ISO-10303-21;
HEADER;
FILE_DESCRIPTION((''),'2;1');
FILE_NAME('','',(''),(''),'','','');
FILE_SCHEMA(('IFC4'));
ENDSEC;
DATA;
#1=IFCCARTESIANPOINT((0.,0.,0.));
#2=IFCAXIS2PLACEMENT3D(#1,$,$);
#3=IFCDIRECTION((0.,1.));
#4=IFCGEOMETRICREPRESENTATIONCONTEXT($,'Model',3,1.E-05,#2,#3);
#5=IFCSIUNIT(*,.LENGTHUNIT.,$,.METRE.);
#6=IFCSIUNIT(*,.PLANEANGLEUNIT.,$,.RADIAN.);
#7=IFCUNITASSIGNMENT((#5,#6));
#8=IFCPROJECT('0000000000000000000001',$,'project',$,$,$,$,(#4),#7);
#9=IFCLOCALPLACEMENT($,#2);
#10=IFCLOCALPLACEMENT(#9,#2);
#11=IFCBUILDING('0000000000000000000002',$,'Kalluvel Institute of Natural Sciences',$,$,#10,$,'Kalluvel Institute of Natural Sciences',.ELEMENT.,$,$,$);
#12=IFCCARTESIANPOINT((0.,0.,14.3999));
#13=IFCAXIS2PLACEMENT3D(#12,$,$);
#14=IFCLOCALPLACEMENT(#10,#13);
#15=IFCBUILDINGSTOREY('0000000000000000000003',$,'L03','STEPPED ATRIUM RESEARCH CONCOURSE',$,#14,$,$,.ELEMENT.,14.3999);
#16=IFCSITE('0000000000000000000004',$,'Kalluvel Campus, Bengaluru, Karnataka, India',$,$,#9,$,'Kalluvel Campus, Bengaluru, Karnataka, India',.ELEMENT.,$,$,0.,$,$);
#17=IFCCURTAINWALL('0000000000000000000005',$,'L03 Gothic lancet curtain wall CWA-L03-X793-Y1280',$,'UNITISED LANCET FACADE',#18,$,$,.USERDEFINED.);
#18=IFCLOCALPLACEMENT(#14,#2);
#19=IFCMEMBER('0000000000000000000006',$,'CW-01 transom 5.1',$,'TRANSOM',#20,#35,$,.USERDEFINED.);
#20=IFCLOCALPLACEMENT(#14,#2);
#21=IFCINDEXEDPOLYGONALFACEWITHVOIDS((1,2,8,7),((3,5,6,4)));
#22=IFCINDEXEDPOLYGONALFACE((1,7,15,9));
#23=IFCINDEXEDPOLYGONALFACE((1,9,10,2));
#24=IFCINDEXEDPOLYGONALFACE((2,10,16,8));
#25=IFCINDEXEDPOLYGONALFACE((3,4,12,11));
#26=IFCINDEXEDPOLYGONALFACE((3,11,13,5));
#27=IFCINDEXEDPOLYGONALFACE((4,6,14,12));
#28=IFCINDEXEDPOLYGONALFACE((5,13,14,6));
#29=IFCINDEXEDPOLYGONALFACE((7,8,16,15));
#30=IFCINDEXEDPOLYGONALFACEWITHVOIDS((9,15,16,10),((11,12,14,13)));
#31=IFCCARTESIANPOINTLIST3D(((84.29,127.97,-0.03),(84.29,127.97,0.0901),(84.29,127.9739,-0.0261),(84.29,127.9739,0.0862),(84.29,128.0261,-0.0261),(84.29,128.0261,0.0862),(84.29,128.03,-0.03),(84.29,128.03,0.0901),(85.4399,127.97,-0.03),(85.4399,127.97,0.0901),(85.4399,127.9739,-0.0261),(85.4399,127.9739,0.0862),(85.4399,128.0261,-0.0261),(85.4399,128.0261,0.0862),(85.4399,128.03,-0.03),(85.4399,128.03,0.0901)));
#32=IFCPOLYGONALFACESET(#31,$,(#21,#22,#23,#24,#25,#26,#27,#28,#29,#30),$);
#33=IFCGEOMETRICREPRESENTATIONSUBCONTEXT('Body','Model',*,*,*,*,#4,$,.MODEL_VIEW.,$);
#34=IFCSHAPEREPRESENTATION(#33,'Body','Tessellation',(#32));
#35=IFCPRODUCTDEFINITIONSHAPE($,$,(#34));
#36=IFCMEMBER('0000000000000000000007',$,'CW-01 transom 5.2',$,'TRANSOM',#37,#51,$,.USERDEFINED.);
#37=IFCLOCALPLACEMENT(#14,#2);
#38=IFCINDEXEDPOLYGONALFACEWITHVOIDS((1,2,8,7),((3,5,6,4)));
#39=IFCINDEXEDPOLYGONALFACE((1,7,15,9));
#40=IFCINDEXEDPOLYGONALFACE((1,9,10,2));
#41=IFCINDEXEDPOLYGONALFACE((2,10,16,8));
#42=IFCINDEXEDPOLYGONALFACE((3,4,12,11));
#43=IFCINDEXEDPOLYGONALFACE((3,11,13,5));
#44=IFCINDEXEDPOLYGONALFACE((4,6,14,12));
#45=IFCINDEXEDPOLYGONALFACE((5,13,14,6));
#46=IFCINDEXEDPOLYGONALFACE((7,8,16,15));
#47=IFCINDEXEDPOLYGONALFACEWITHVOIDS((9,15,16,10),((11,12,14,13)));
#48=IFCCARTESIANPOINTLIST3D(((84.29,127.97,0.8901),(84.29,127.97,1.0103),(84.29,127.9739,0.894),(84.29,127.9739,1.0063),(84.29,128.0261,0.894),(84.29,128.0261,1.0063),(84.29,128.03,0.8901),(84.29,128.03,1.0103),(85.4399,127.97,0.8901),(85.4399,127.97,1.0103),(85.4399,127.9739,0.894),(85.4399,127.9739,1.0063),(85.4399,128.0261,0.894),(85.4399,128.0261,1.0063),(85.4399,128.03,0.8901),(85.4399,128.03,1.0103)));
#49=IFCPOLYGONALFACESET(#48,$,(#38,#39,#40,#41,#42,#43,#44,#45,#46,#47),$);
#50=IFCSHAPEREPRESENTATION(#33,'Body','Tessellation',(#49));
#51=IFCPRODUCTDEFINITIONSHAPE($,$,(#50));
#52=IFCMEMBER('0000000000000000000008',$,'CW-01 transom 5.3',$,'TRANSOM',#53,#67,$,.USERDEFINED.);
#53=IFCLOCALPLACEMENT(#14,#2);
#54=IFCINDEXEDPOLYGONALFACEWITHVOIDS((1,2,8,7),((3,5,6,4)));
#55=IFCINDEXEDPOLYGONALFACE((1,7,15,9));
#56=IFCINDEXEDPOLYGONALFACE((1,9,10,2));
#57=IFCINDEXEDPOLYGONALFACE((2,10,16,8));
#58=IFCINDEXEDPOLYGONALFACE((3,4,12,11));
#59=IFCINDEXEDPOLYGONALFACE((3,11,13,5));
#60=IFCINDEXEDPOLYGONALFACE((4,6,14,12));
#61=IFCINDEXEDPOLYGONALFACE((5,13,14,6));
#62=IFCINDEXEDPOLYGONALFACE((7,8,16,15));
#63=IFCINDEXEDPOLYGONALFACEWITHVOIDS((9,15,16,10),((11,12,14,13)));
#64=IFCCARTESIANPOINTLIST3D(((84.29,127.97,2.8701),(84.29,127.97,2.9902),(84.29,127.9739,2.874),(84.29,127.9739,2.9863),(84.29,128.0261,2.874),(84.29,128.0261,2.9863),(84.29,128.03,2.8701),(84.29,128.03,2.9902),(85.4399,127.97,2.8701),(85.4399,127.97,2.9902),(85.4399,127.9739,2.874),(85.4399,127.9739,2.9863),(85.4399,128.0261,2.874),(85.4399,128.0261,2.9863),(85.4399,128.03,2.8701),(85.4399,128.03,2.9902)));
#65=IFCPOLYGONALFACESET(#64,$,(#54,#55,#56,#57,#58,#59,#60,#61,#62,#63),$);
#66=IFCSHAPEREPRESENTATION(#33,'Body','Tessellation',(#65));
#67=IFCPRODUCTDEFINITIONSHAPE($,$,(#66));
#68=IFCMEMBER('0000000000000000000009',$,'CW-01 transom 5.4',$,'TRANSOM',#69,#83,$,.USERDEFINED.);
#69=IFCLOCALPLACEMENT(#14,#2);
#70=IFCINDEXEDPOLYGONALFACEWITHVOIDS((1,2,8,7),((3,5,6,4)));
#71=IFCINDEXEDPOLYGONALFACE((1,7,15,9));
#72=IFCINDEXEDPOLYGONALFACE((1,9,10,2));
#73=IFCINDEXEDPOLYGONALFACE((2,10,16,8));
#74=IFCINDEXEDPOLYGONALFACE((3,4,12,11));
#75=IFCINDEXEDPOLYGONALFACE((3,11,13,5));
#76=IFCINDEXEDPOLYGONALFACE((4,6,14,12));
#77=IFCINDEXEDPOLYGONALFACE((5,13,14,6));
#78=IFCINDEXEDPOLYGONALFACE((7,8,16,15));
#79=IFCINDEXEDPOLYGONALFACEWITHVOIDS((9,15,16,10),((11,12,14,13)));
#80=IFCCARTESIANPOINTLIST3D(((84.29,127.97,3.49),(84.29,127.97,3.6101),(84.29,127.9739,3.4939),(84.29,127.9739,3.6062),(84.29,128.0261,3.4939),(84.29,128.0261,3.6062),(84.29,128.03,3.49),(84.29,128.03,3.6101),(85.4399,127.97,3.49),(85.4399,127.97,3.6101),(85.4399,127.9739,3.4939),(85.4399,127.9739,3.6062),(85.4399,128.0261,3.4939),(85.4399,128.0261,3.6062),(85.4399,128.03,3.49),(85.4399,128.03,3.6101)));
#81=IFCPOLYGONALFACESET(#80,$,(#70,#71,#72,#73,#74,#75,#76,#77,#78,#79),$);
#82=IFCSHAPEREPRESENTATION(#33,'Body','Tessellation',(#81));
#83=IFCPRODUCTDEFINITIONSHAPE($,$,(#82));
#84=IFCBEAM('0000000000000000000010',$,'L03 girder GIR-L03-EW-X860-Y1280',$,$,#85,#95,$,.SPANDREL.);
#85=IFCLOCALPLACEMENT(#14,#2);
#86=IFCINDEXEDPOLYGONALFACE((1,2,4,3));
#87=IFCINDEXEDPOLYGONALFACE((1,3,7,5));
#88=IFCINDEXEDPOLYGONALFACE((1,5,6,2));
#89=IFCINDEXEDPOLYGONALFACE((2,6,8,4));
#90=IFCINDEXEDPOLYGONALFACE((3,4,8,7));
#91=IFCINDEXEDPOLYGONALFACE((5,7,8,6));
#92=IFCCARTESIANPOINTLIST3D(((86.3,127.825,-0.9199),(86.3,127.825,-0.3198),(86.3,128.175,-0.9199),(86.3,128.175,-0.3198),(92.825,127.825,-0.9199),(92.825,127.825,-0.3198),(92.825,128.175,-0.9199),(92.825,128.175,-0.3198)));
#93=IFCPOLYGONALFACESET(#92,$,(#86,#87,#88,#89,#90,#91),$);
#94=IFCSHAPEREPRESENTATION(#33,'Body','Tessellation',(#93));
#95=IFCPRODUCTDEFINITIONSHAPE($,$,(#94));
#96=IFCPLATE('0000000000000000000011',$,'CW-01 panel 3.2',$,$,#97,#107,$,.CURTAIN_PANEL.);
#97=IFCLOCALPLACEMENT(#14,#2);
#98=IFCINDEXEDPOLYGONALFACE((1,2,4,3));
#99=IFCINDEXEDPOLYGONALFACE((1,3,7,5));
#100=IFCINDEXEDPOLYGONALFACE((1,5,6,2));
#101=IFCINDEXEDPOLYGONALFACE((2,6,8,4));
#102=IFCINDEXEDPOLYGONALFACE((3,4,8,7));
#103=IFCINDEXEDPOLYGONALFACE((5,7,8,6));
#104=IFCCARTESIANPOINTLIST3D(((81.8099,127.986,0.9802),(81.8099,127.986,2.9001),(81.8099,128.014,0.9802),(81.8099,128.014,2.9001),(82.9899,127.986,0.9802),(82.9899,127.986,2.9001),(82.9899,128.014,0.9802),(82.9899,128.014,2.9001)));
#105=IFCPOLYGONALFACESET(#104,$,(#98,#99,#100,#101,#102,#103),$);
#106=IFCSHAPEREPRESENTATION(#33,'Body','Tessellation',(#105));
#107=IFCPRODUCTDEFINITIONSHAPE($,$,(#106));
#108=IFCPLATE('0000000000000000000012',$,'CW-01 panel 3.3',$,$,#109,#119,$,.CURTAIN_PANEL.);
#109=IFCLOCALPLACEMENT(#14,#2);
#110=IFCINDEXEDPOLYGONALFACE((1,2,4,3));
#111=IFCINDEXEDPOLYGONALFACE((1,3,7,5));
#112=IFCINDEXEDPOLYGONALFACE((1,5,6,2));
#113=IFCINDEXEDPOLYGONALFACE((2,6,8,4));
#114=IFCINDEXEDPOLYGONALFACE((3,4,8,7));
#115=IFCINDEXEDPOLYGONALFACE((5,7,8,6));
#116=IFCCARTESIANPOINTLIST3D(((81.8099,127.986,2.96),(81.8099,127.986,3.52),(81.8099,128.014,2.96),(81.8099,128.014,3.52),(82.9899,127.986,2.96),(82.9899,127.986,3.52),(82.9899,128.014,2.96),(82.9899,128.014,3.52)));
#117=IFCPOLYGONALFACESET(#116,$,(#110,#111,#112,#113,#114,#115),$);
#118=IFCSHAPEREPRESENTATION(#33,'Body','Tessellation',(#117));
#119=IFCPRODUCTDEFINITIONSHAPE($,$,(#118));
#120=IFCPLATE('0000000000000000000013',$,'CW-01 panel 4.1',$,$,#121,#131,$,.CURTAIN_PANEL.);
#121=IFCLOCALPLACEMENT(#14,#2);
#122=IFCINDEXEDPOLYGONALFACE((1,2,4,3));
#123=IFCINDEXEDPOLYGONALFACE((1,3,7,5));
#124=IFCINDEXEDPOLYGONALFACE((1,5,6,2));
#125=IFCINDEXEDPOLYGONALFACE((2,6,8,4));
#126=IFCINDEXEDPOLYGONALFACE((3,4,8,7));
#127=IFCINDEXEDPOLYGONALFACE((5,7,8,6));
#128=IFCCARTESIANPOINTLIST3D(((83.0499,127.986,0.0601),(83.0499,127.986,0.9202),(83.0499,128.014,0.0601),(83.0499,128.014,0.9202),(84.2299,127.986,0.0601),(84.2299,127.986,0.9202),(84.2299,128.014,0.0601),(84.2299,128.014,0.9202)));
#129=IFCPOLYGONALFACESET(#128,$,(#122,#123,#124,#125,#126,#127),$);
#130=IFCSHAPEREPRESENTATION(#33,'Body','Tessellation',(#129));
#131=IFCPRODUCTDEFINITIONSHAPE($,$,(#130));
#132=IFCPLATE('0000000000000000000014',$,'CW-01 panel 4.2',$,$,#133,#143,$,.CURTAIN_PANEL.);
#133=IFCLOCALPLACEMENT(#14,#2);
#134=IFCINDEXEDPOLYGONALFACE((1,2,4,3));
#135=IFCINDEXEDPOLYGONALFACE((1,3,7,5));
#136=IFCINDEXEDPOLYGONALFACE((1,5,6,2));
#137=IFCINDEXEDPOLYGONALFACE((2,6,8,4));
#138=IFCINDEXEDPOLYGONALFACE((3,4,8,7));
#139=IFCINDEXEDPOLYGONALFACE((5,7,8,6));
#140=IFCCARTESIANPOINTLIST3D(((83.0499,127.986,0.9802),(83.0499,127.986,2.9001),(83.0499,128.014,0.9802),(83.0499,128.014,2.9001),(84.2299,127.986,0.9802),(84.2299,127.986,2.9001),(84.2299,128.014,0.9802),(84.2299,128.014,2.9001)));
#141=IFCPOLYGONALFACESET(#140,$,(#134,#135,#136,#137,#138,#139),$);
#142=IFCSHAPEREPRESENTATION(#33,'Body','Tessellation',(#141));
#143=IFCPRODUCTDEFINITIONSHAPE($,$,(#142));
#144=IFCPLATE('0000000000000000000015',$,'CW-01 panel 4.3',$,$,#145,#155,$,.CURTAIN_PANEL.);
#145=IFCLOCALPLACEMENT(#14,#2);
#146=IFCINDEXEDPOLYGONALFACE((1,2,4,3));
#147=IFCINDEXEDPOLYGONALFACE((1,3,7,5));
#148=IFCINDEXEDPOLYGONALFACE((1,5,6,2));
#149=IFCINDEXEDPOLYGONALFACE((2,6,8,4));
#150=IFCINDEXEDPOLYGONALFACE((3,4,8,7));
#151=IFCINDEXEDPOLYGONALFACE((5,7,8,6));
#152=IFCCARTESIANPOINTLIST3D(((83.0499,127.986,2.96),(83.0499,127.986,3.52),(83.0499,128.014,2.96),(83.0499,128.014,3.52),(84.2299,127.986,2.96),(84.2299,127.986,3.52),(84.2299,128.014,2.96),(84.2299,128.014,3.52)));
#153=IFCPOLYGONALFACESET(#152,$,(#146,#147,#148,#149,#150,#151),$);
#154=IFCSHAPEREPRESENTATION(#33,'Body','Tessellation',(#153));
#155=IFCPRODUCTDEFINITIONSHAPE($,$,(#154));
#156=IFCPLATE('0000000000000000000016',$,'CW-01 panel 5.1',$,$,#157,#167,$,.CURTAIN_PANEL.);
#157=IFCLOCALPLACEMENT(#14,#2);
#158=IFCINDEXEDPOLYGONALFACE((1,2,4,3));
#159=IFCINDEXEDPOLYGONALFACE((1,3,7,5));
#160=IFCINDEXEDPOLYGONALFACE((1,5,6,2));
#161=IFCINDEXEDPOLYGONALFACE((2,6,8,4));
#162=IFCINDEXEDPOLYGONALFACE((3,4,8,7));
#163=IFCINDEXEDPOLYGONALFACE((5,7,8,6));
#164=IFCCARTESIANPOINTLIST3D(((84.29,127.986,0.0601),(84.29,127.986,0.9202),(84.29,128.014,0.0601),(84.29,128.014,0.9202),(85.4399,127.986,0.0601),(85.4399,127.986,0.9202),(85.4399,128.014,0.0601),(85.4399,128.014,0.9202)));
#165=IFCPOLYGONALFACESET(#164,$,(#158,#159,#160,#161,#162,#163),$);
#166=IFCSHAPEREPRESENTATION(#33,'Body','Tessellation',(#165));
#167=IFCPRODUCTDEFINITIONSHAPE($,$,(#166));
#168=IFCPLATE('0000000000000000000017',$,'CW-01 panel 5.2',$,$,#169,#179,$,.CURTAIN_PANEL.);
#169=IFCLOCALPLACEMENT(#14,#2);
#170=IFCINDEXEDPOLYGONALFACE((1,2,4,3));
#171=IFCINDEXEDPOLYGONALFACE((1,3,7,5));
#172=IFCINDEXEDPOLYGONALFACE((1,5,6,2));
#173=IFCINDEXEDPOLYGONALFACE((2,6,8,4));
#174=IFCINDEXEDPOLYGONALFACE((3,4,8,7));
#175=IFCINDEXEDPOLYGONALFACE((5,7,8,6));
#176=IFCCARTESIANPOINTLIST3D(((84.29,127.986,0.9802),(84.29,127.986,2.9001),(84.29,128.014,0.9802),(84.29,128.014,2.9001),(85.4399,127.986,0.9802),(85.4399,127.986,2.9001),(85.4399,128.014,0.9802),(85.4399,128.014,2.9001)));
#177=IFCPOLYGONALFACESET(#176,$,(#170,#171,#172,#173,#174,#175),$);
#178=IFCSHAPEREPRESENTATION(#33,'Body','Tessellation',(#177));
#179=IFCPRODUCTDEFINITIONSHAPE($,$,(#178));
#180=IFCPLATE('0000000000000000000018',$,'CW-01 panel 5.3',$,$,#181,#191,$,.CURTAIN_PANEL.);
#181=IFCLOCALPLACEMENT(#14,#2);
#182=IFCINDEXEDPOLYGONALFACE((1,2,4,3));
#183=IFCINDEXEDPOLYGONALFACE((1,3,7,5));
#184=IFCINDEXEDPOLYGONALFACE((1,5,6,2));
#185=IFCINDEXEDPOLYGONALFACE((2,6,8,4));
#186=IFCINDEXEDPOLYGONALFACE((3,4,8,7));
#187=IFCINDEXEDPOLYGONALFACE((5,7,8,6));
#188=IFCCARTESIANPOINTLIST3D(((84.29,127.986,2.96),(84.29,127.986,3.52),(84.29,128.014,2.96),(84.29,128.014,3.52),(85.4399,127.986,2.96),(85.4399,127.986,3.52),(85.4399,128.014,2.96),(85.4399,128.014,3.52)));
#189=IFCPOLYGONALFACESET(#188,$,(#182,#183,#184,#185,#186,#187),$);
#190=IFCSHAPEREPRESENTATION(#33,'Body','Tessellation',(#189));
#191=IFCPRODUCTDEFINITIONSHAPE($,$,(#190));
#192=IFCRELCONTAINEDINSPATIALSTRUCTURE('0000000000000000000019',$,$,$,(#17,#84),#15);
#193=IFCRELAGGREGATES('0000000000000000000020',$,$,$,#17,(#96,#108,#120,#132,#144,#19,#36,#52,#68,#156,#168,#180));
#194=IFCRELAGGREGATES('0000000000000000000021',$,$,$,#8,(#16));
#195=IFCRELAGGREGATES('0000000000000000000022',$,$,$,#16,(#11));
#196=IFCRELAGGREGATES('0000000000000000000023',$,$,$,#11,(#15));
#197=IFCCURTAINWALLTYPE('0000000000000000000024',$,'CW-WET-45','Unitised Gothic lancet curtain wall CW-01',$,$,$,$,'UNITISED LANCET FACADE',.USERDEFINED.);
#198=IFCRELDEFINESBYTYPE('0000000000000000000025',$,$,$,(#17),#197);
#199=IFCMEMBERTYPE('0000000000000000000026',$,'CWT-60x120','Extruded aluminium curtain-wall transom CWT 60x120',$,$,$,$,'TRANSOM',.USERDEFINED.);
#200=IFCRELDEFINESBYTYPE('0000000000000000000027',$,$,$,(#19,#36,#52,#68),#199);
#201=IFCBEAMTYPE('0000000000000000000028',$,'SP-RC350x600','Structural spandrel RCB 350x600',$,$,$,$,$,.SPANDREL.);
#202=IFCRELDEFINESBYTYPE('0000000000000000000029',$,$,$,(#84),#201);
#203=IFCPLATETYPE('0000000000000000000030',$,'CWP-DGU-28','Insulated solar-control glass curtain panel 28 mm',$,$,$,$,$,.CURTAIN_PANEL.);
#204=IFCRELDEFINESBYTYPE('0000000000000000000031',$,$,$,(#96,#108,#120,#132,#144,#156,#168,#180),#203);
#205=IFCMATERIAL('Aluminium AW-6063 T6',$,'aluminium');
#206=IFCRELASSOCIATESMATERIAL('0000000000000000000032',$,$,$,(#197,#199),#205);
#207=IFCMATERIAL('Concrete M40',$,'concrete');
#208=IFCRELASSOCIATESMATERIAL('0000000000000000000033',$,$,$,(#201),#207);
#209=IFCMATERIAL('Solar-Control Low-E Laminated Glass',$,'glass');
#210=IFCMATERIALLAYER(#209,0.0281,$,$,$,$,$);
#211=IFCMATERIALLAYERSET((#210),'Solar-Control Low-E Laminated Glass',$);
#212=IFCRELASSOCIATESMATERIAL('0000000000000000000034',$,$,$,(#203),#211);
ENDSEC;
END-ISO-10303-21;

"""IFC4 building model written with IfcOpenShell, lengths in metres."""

from ifc_helpers import new_model, si_unit, direction, frame, origin, origin_2d, place, context, subcontext, project, spatial, rectangle, hollow_rectangle, extrude, material, layer, layer_set, material_profile, profile_set, type_object, element, aggregate, save


model = new_model("IFC4")

# Units and contexts
model_context = context("Model", 3, precision=1e-05, world=origin(), true_north=direction((0.0, 1.0)))
body_context = subcontext(model_context, "Body", "Model", "MODEL_VIEW")
ifc_project = project(units=[si_unit("LENGTHUNIT", "METRE"), si_unit("PLANEANGLEUNIT", "RADIAN")], contexts=[model_context])

# Site, building, storey
site_placement = place(None, origin())
site = spatial("IfcSite", under=ifc_project, at=site_placement, Name="Kalluvel Campus, Bengaluru, Karnataka, India", LongName="Kalluvel Campus, Bengaluru, Karnataka, India", CompositionType="ELEMENT", RefElevation=0.0)
building_placement = place(site_placement, origin())
building = spatial("IfcBuilding", under=site, at=building_placement, Name="Kalluvel Institute of Natural Sciences", LongName="Kalluvel Institute of Natural Sciences", CompositionType="ELEMENT")
storey_placement = place(building_placement, frame((0.0, 0.0, 14.3999)))
storey = spatial("IfcBuildingStorey", under=building, at=storey_placement, Name="L03", Description="STEPPED ATRIUM RESEARCH CONCOURSE", CompositionType="ELEMENT", Elevation=14.3999)

# Curtain wall
ifc_material_1 = material(Name="Aluminium AW-6063 T6", Category="aluminium")
curtain_wall_type = type_object("IfcCurtainWallType", Name="CW-WET-45", Description="Unitised Gothic lancet curtain wall CW-01", ElementType="UNITISED LANCET FACADE", PredefinedType="USERDEFINED", material=ifc_material_1)
curtain_wall_1_placement = place(storey_placement, origin())
curtain_wall_1 = element("IfcCurtainWall", 1, at=curtain_wall_1_placement, inside=storey, type_object=curtain_wall_type, Name="L03 Gothic lancet curtain wall CWA-L03-X793-Y1280", ObjectType="UNITISED LANCET FACADE", PredefinedType="USERDEFINED")

# Members
ifc_material_profile_1 = material_profile(ifc_material_1, hollow_rectangle(XDim=0.0601, YDim=0.1201, WallThickness=0.0039, at=origin_2d()), Name="CWT 60x120")
ifc_profile_set_1 = profile_set([ifc_material_profile_1], Name="Aluminium AW-6063 T6")
member_type_1 = type_object("IfcMemberType", Name="CWT-60x120", Description="Extruded aluminium curtain-wall transom CWT 60x120", ElementType="TRANSOM", PredefinedType="USERDEFINED", material=ifc_profile_set_1)
member_1_placement = place(storey_placement, frame((84.29, 128.0, 0.03), z_axis=(1.0, 0.0, 0.0), x_axis=(0.0, 1.0, 0.0)))
member_1 = element("IfcMember", 2, at=member_1_placement, type_object=member_type_1, Name="CW-01 transom 5.1", ObjectType="TRANSOM", PredefinedType="USERDEFINED", context=body_context, shape_type="SweptSolid", body=[
    extrude(hollow_rectangle(XDim=0.0601, YDim=0.1201, WallThickness=0.0039, at=origin_2d()), origin(), (0.0, 0.0, 1.0), 1.1499),
])
member_2_placement = place(storey_placement, frame((84.29, 128.0, 0.9502), z_axis=(1.0, 0.0, 0.0), x_axis=(0.0, 1.0, 0.0)))
member_2 = element("IfcMember", 3, at=member_2_placement, type_object=member_type_1, Name="CW-01 transom 5.2", ObjectType="TRANSOM", PredefinedType="USERDEFINED", context=body_context, shape_type="SweptSolid", body=[
    extrude(hollow_rectangle(XDim=0.0601, YDim=0.1201, WallThickness=0.0039, at=origin_2d()), origin(), (0.0, 0.0, 1.0), 1.1499),
])
member_3_placement = place(storey_placement, frame((84.29, 128.0, 2.9302), z_axis=(1.0, 0.0, 0.0), x_axis=(0.0, 1.0, 0.0)))
member_3 = element("IfcMember", 4, at=member_3_placement, type_object=member_type_1, Name="CW-01 transom 5.3", ObjectType="TRANSOM", PredefinedType="USERDEFINED", context=body_context, shape_type="SweptSolid", body=[
    extrude(hollow_rectangle(XDim=0.0601, YDim=0.1201, WallThickness=0.0039, at=origin_2d()), origin(), (0.0, 0.0, 1.0), 1.1499),
])
member_4_placement = place(storey_placement, frame((84.29, 128.0, 3.55), z_axis=(1.0, 0.0, 0.0), x_axis=(0.0, 1.0, 0.0)))
member_4 = element("IfcMember", 5, at=member_4_placement, type_object=member_type_1, Name="CW-01 transom 5.4", ObjectType="TRANSOM", PredefinedType="USERDEFINED", context=body_context, shape_type="SweptSolid", body=[
    extrude(hollow_rectangle(XDim=0.0601, YDim=0.1201, WallThickness=0.0039, at=origin_2d()), origin(), (0.0, 0.0, 1.0), 1.1499),
])

# Beam
ifc_material_2 = material(Name="Concrete M40", Category="concrete")
ifc_material_profile_2 = material_profile(ifc_material_2, rectangle(XDim=0.3501, YDim=0.6001, at=origin_2d()), Name="RCB 350x600")
ifc_profile_set_2 = profile_set([ifc_material_profile_2], Name="Concrete M40")
beam_type = type_object("IfcBeamType", Name="SP-RC350x600", Description="Structural spandrel RCB 350x600", PredefinedType="SPANDREL", material=ifc_profile_set_2)
beam_placement = place(storey_placement, frame((86.3, 128.0, -0.6199), z_axis=(1.0, 0.0, 0.0), x_axis=(0.0, 1.0, 0.0)))
element("IfcBeam", 6, at=beam_placement, inside=storey, type_object=beam_type, Name="L03 girder GIR-L03-EW-X860-Y1280", PredefinedType="SPANDREL", context=body_context, shape_type="SweptSolid", body=[
    extrude(rectangle(XDim=0.3501, YDim=0.6001, at=origin_2d()), origin(), (0.0, 0.0, 1.0), 6.5249),
])

# Plates
ifc_material_3 = material(Name="Solar-Control Low-E Laminated Glass", Category="glass")
ifc_layer_1 = layer(ifc_material_3, 0.0281)
ifc_layer_set_1 = layer_set([ifc_layer_1], Name="Solar-Control Low-E Laminated Glass")
plate_type = type_object("IfcPlateType", Name="CWP-DGU-28", Description="Insulated solar-control glass curtain panel 28 mm", PredefinedType="CURTAIN_PANEL", material=ifc_layer_set_1)
plate_1_placement = place(storey_placement, frame((82.3999, 128.0, 0.9802), z_axis=(0.0, 0.0, 1.0), x_axis=(1.0, 0.0, 0.0)))
plate_1 = element("IfcPlate", 7, at=plate_1_placement, type_object=plate_type, Name="CW-01 panel 3.2", PredefinedType="CURTAIN_PANEL", context=body_context, shape_type="SweptSolid", body=[
    extrude(rectangle(XDim=1.1799, YDim=0.0281, at=origin_2d()), origin(), (0.0, 0.0, 1.0), 1.9199),
])
plate_2_placement = place(storey_placement, frame((82.3999, 128.0, 2.96), z_axis=(0.0, 0.0, 1.0), x_axis=(1.0, 0.0, 0.0)))
plate_2 = element("IfcPlate", 8, at=plate_2_placement, type_object=plate_type, Name="CW-01 panel 3.3", PredefinedType="CURTAIN_PANEL", context=body_context, shape_type="SweptSolid", body=[
    extrude(rectangle(XDim=1.1799, YDim=0.0281, at=origin_2d()), origin(), (0.0, 0.0, 1.0), 0.5601),
])
plate_3_placement = place(storey_placement, frame((83.6399, 128.0, 0.0601), z_axis=(0.0, 0.0, 1.0), x_axis=(1.0, 0.0, 0.0)))
plate_3 = element("IfcPlate", 9, at=plate_3_placement, type_object=plate_type, Name="CW-01 panel 4.1", PredefinedType="CURTAIN_PANEL", context=body_context, shape_type="SweptSolid", body=[
    extrude(rectangle(XDim=1.1799, YDim=0.0281, at=origin_2d()), origin(), (0.0, 0.0, 1.0), 0.8601),
])
plate_4_placement = place(storey_placement, frame((83.6399, 128.0, 0.9802), z_axis=(0.0, 0.0, 1.0), x_axis=(1.0, 0.0, 0.0)))
plate_4 = element("IfcPlate", 10, at=plate_4_placement, type_object=plate_type, Name="CW-01 panel 4.2", PredefinedType="CURTAIN_PANEL", context=body_context, shape_type="SweptSolid", body=[
    extrude(rectangle(XDim=1.1799, YDim=0.0281, at=origin_2d()), origin(), (0.0, 0.0, 1.0), 1.9199),
])
plate_5_placement = place(storey_placement, frame((83.6399, 128.0, 2.96), z_axis=(0.0, 0.0, 1.0), x_axis=(1.0, 0.0, 0.0)))
plate_5 = element("IfcPlate", 11, at=plate_5_placement, type_object=plate_type, Name="CW-01 panel 4.3", PredefinedType="CURTAIN_PANEL", context=body_context, shape_type="SweptSolid", body=[
    extrude(rectangle(XDim=1.1799, YDim=0.0281, at=origin_2d()), origin(), (0.0, 0.0, 1.0), 0.5601),
])
plate_6_placement = place(storey_placement, frame((84.865, 128.0, 0.0601), z_axis=(0.0, 0.0, 1.0), x_axis=(1.0, 0.0, 0.0)))
plate_6 = element("IfcPlate", 12, at=plate_6_placement, type_object=plate_type, Name="CW-01 panel 5.1", PredefinedType="CURTAIN_PANEL", context=body_context, shape_type="SweptSolid", body=[
    extrude(rectangle(XDim=1.1499, YDim=0.0281, at=origin_2d()), origin(), (0.0, 0.0, 1.0), 0.8601),
])
plate_7_placement = place(storey_placement, frame((84.865, 128.0, 0.9802), z_axis=(0.0, 0.0, 1.0), x_axis=(1.0, 0.0, 0.0)))
plate_7 = element("IfcPlate", 13, at=plate_7_placement, type_object=plate_type, Name="CW-01 panel 5.2", PredefinedType="CURTAIN_PANEL", context=body_context, shape_type="SweptSolid", body=[
    extrude(rectangle(XDim=1.1499, YDim=0.0281, at=origin_2d()), origin(), (0.0, 0.0, 1.0), 1.9199),
])
plate_8_placement = place(storey_placement, frame((84.865, 128.0, 2.96), z_axis=(0.0, 0.0, 1.0), x_axis=(1.0, 0.0, 0.0)))
plate_8 = element("IfcPlate", 14, at=plate_8_placement, type_object=plate_type, Name="CW-01 panel 5.3", PredefinedType="CURTAIN_PANEL", context=body_context, shape_type="SweptSolid", body=[
    extrude(rectangle(XDim=1.1499, YDim=0.0281, at=origin_2d()), origin(), (0.0, 0.0, 1.0), 0.5601),
])
aggregate(curtain_wall_1, [plate_1, plate_2, plate_3, plate_4, plate_5, member_1, member_2, member_3, member_4, plate_6, plate_7, plate_8])

save(model, "model.ifc")
